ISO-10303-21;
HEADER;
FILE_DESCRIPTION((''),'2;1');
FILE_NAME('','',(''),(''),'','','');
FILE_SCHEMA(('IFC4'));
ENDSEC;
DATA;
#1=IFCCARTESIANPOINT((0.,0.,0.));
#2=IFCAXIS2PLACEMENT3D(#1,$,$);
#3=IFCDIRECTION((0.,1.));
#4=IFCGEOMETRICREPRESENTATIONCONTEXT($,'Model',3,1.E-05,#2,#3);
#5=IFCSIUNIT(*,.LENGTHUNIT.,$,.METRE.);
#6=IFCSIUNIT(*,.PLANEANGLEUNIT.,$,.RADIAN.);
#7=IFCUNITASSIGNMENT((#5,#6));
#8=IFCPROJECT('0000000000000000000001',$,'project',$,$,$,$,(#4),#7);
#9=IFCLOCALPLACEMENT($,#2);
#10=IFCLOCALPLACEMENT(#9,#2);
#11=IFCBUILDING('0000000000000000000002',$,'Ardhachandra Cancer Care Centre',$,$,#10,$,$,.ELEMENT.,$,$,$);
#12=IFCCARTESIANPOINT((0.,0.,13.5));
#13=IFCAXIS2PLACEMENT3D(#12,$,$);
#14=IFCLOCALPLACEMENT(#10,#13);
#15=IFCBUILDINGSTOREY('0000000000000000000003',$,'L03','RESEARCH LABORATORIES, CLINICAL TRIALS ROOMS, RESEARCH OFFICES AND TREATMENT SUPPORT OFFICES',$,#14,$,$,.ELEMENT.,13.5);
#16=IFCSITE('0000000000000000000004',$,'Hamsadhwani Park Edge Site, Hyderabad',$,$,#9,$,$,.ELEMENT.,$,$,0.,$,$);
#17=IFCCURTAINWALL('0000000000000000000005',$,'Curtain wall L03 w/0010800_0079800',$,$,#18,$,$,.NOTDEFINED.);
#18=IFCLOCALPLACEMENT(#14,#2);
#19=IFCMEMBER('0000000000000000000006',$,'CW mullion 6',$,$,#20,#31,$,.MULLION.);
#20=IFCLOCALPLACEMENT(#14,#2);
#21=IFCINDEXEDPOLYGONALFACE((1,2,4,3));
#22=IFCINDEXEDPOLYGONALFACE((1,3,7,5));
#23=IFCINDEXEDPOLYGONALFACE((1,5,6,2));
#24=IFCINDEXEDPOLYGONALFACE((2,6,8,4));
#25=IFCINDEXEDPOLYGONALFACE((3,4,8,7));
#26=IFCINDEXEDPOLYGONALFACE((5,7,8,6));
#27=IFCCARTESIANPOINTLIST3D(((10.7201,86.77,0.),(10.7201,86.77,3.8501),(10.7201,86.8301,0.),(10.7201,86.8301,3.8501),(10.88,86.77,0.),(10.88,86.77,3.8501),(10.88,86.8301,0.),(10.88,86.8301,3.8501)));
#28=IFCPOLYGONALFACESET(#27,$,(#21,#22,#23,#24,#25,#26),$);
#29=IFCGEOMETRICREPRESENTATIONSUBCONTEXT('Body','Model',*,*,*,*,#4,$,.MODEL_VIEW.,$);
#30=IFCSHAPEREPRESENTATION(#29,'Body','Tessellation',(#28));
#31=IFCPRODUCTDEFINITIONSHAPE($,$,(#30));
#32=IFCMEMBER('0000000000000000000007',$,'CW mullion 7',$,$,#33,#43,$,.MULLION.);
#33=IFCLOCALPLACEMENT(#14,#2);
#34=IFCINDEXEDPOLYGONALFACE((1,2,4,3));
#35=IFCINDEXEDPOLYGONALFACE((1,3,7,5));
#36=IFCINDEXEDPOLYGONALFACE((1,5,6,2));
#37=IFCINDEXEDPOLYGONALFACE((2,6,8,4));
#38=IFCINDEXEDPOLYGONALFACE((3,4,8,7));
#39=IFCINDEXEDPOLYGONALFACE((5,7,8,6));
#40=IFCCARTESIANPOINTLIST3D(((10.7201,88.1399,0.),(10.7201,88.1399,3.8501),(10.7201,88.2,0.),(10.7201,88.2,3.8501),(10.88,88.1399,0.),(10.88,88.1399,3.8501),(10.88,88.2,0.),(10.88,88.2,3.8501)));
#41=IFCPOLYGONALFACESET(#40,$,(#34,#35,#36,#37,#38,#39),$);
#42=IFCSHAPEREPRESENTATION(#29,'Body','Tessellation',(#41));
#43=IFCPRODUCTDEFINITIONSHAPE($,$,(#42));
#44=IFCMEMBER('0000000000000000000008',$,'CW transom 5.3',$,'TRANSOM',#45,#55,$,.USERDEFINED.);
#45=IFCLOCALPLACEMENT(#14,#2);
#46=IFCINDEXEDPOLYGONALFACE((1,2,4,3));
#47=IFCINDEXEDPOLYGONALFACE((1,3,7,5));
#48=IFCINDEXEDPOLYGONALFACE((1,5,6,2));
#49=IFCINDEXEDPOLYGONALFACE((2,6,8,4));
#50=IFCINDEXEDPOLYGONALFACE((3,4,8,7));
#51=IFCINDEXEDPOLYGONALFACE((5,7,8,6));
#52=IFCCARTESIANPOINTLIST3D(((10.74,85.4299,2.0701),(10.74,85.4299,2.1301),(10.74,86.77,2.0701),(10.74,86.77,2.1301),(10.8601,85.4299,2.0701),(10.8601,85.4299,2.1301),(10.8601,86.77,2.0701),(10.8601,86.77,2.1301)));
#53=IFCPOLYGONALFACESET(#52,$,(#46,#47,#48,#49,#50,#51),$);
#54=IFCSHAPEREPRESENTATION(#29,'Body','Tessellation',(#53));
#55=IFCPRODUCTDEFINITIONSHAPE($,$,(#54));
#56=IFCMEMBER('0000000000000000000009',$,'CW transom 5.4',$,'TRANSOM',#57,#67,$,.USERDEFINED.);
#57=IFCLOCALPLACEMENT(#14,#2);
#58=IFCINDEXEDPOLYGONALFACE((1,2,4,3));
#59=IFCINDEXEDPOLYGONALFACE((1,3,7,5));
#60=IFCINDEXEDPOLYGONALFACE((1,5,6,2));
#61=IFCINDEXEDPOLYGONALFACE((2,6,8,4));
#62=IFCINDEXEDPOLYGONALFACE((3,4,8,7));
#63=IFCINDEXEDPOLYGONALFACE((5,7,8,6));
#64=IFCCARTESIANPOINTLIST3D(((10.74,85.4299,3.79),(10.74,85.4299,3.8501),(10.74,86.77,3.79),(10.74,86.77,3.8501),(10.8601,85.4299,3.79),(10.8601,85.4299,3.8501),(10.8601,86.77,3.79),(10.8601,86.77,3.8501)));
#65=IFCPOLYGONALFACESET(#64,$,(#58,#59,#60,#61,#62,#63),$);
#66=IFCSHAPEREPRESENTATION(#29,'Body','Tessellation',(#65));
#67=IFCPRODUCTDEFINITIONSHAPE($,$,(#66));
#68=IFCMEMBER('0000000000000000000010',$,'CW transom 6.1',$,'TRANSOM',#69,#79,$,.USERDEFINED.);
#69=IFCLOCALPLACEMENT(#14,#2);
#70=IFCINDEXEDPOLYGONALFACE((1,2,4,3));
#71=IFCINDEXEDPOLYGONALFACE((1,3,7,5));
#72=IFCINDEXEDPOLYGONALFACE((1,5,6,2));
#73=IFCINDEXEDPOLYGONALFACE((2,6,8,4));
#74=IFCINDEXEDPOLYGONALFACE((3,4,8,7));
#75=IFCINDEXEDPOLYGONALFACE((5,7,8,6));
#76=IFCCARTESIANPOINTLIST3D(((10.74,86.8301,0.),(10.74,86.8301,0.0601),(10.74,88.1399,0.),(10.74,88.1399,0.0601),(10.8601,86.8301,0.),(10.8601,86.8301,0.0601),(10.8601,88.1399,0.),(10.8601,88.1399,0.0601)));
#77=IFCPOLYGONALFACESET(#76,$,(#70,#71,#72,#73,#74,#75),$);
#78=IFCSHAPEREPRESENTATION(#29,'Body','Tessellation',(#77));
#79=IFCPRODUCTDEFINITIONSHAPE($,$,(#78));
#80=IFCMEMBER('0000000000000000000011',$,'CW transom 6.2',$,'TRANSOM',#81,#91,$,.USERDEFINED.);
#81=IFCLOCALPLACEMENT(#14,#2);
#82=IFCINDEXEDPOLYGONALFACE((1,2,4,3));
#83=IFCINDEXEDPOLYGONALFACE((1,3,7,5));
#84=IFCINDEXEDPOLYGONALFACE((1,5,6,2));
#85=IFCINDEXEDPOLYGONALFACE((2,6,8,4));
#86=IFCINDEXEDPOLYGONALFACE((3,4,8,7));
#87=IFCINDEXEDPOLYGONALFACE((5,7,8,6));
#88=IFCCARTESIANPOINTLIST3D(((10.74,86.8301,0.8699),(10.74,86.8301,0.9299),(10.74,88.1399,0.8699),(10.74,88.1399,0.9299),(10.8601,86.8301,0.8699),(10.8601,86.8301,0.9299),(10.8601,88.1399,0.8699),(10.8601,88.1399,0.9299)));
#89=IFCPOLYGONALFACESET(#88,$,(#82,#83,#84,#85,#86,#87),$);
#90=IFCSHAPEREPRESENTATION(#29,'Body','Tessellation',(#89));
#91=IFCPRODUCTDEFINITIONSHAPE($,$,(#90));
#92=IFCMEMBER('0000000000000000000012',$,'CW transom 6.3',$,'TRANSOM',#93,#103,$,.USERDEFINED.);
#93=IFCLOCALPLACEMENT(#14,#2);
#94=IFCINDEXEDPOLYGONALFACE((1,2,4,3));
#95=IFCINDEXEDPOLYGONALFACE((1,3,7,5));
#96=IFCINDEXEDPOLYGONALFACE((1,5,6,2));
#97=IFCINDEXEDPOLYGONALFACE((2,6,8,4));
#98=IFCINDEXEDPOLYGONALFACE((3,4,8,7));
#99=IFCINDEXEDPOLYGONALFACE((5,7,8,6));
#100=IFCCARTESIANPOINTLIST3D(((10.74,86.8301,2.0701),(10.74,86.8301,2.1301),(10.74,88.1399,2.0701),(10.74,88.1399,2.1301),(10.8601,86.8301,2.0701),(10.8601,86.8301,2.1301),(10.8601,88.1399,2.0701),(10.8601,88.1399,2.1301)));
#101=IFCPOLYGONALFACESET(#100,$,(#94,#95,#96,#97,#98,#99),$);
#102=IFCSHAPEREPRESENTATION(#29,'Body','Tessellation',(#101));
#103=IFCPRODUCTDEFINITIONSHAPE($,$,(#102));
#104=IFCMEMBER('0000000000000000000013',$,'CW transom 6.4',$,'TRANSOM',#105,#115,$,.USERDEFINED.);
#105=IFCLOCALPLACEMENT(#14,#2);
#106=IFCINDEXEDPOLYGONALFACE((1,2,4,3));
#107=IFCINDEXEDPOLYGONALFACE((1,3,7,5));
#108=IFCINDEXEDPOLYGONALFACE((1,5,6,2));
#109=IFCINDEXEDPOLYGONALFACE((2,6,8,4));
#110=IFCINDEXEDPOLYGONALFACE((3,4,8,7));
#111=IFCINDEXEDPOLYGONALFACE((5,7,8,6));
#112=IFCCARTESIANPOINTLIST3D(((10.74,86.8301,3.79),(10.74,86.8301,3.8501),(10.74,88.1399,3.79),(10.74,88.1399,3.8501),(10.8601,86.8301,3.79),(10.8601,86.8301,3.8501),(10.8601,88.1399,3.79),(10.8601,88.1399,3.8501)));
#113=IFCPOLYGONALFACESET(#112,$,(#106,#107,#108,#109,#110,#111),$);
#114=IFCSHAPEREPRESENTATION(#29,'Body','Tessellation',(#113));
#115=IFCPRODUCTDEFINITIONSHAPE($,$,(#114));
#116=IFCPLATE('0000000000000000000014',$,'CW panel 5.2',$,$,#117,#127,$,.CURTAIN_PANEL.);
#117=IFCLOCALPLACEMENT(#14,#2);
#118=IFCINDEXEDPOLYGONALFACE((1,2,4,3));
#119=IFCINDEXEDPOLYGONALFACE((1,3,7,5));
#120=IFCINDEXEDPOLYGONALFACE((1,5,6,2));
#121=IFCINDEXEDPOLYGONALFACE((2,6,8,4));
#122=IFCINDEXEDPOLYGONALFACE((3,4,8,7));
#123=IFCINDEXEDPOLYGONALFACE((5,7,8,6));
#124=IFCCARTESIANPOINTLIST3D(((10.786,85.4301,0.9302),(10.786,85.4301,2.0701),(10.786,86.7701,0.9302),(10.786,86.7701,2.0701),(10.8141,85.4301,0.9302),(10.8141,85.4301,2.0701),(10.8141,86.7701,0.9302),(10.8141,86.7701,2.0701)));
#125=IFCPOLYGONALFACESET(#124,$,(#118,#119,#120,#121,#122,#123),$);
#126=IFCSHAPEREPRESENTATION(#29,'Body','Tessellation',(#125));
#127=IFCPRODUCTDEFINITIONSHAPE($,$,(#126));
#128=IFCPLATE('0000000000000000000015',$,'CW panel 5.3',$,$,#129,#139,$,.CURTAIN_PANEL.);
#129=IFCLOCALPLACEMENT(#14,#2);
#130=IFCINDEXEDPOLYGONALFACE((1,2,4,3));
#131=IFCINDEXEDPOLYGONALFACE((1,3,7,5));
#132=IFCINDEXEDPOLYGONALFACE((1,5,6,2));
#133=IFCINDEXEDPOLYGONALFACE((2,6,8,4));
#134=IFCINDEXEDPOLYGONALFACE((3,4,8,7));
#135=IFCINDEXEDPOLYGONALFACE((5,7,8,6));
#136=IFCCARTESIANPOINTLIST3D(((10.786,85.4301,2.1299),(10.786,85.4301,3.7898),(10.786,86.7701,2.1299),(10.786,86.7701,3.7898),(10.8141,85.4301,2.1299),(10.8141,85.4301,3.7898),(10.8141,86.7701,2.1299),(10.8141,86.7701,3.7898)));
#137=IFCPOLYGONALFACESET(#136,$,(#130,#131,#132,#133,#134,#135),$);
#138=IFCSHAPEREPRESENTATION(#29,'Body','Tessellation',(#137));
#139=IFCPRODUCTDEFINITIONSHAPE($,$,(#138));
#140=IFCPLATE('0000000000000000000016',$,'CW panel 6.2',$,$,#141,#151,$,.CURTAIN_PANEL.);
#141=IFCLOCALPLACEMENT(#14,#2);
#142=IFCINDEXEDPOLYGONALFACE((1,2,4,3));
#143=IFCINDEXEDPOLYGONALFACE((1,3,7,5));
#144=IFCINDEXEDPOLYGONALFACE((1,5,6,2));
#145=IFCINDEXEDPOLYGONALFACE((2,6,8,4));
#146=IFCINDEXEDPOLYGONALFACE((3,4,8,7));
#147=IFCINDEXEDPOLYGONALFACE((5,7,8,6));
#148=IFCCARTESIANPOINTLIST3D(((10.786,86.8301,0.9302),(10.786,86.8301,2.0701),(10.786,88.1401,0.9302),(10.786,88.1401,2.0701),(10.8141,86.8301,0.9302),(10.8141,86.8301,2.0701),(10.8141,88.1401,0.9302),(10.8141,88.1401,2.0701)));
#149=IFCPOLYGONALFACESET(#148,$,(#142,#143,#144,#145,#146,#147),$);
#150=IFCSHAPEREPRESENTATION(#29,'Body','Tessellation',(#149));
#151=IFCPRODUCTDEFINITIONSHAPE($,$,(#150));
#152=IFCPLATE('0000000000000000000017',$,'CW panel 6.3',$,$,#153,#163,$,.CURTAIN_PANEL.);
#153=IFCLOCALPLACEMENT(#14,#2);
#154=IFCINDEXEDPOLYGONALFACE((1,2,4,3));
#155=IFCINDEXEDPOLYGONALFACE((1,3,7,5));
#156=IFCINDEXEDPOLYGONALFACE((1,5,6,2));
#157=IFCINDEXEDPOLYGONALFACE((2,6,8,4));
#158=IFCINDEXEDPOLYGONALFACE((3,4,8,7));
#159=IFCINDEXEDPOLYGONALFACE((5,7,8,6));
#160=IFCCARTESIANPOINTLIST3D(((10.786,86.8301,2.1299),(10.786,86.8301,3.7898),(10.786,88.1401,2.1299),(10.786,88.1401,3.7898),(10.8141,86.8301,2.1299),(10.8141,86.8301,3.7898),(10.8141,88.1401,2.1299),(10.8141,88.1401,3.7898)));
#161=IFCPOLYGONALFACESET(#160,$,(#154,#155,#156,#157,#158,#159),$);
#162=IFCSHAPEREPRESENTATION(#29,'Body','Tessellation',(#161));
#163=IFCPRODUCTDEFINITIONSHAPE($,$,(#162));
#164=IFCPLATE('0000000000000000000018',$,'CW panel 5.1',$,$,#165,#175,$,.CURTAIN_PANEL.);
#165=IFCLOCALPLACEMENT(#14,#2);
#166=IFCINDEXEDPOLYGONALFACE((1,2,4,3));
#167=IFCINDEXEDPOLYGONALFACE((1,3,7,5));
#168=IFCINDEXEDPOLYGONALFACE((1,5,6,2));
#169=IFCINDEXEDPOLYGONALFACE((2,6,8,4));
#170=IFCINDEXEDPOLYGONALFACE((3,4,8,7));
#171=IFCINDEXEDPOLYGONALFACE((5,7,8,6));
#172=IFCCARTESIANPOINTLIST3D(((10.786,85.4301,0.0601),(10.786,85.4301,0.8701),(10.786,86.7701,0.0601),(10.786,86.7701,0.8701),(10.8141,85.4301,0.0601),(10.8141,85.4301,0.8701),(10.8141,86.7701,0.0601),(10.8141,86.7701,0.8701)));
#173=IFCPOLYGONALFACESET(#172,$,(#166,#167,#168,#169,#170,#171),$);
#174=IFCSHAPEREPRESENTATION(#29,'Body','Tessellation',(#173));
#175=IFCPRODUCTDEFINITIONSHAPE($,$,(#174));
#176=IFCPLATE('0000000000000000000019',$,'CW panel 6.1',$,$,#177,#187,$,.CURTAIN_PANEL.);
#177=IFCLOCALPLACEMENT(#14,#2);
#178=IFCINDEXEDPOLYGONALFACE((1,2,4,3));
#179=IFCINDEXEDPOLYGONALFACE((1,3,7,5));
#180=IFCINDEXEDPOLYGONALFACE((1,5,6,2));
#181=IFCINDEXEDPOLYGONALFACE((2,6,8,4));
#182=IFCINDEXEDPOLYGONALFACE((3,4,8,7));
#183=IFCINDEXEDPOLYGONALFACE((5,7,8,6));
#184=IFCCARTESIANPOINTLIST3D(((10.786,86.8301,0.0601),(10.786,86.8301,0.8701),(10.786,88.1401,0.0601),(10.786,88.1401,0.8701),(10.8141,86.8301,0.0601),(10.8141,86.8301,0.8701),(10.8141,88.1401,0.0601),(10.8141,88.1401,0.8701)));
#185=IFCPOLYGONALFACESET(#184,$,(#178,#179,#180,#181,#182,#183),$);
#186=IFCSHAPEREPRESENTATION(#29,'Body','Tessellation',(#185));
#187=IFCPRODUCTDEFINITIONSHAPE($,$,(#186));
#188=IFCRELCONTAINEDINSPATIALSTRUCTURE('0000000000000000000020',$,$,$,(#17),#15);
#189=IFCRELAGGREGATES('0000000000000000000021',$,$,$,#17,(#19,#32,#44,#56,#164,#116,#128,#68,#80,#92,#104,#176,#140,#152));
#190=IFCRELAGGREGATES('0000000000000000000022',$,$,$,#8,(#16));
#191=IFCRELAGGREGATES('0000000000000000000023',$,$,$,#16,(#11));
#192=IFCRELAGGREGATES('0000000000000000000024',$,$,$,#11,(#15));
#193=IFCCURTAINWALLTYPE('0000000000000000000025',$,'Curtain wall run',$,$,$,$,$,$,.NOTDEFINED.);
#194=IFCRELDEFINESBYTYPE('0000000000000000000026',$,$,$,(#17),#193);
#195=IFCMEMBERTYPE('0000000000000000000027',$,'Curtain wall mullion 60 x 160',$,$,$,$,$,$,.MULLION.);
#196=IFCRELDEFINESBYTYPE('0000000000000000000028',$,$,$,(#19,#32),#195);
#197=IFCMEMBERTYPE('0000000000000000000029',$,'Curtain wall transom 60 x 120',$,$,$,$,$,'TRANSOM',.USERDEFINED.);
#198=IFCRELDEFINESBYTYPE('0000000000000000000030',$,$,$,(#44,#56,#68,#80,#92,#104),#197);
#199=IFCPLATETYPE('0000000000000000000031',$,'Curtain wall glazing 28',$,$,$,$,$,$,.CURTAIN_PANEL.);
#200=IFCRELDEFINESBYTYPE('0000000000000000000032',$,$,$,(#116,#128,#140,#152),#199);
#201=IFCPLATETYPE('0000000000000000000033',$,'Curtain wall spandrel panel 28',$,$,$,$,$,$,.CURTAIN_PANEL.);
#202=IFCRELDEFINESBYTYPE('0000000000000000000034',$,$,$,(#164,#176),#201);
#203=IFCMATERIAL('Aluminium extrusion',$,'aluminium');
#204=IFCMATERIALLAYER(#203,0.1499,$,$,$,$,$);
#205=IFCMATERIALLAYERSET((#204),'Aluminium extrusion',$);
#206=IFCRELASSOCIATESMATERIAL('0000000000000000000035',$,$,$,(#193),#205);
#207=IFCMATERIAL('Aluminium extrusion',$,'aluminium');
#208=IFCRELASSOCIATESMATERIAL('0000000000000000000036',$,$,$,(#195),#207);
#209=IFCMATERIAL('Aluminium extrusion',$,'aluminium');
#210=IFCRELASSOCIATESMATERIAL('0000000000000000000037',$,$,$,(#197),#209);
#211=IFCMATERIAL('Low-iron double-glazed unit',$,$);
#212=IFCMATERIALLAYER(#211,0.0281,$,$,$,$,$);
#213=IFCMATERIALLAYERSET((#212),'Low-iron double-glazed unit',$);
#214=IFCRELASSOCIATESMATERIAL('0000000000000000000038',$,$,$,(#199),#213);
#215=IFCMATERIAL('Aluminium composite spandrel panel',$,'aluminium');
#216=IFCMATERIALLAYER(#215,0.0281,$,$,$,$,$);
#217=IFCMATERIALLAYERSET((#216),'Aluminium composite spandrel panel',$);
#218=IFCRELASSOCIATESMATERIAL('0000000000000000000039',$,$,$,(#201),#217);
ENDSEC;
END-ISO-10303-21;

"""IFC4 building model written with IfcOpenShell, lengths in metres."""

from ifc_helpers import new_model, si_unit, direction, frame, origin, origin_2d, place, context, subcontext, project, spatial, rectangle, extrude, material, layer, layer_set, material_profile, profile_set, type_object, element, aggregate, save


model = new_model("IFC4")

# Units and contexts
model_context = context("Model", 3, precision=1e-05, world=origin(), true_north=direction((0.0, 1.0)))
body_context = subcontext(model_context, "Body", "Model", "MODEL_VIEW")
ifc_project = project(units=[si_unit("LENGTHUNIT", "METRE"), si_unit("PLANEANGLEUNIT", "RADIAN")], contexts=[model_context])

# Site, building, storey
site_placement = place(None, origin())
site = spatial("IfcSite", under=ifc_project, at=site_placement, Name="Hamsadhwani Park Edge Site, Hyderabad", CompositionType="ELEMENT", RefElevation=0.0)
building_placement = place(site_placement, origin())
building = spatial("IfcBuilding", under=site, at=building_placement, Name="Ardhachandra Cancer Care Centre", CompositionType="ELEMENT")
storey_placement = place(building_placement, frame((0.0, 0.0, 13.5)))
storey = spatial("IfcBuildingStorey", under=building, at=storey_placement, Name="L03", Description="RESEARCH LABORATORIES, CLINICAL TRIALS ROOMS, RESEARCH OFFICES AND TREATMENT SUPPORT OFFICES", CompositionType="ELEMENT", Elevation=13.5)

# Curtain wall, members, plates
ifc_material_1 = material(Name="Aluminium extrusion", Category="aluminium")
ifc_layer_1 = layer(ifc_material_1, 0.1499)
ifc_layer_set_1 = layer_set([ifc_layer_1], Name="Aluminium extrusion")
curtain_wall_type = type_object("IfcCurtainWallType", Name="Curtain wall run", PredefinedType="NOTDEFINED", material=ifc_layer_set_1)
curtain_wall_placement = place(storey_placement, origin())
curtain_wall = element("IfcCurtainWall", 1, at=curtain_wall_placement, inside=storey, type_object=curtain_wall_type, Name="Curtain wall L03 w/0010800_0079800", PredefinedType="NOTDEFINED")
ifc_material_2 = material(Name="Aluminium extrusion", Category="aluminium")
ifc_material_profile_1 = material_profile(ifc_material_2, rectangle(XDim=0.1599, YDim=0.0601, at=origin_2d()), Name="Curtain wall mullion 60 x 160")
ifc_profile_set_1 = profile_set([ifc_material_profile_1], Name="Aluminium extrusion")
member_type_1 = type_object("IfcMemberType", Name="Curtain wall mullion 60 x 160", PredefinedType="MULLION", material=ifc_profile_set_1)
member_1_placement = place(storey_placement, frame((10.8, 86.8, 0.0), z_axis=(0.0, 0.0, 1.0), x_axis=(-1.0, 0.0, 0.0)))
member_1 = element("IfcMember", 2, at=member_1_placement, type_object=member_type_1, Name="CW mullion 6", PredefinedType="MULLION", context=body_context, shape_type="SweptSolid", body=[
    extrude(rectangle(XDim=0.1599, YDim=0.0601, at=origin_2d()), origin(), (0.0, 0.0, 1.0), 3.8501),
])
member_2_placement = place(storey_placement, frame((10.8, 88.1699, 0.0), z_axis=(0.0, 0.0, 1.0), x_axis=(-1.0, 0.0, 0.0)))
member_2 = element("IfcMember", 3, at=member_2_placement, type_object=member_type_1, Name="CW mullion 7", PredefinedType="MULLION", context=body_context, shape_type="SweptSolid", body=[
    extrude(rectangle(XDim=0.1599, YDim=0.0601, at=origin_2d()), origin(), (0.0, 0.0, 1.0), 3.8501),
])
ifc_material_3 = material(Name="Aluminium extrusion", Category="aluminium")
ifc_material_profile_2 = material_profile(ifc_material_3, rectangle(XDim=0.1201, YDim=0.0601, at=origin_2d()), Name="Curtain wall transom 60 x 120")
ifc_profile_set_2 = profile_set([ifc_material_profile_2], Name="Aluminium extrusion")
member_type_2 = type_object("IfcMemberType", Name="Curtain wall transom 60 x 120", ElementType="TRANSOM", PredefinedType="USERDEFINED", material=ifc_profile_set_2)
member_3_placement = place(storey_placement, frame((10.8, 85.4299, 2.1001), z_axis=(0.0, 1.0, 0.0), x_axis=(-1.0, 0.0, 0.0)))
member_3 = element("IfcMember", 4, at=member_3_placement, type_object=member_type_2, Name="CW transom 5.3", ObjectType="TRANSOM", PredefinedType="USERDEFINED", context=body_context, shape_type="SweptSolid", body=[
    extrude(rectangle(XDim=0.1201, YDim=0.0601, at=origin_2d()), origin(), (0.0, 0.0, 1.0), 1.3401),
])
member_4_placement = place(storey_placement, frame((10.8, 85.4299, 3.8201), z_axis=(0.0, 1.0, 0.0), x_axis=(-1.0, 0.0, 0.0)))
member_4 = element("IfcMember", 5, at=member_4_placement, type_object=member_type_2, Name="CW transom 5.4", ObjectType="TRANSOM", PredefinedType="USERDEFINED", context=body_context, shape_type="SweptSolid", body=[
    extrude(rectangle(XDim=0.1201, YDim=0.0601, at=origin_2d()), origin(), (0.0, 0.0, 1.0), 1.3401),
])
member_5_placement = place(storey_placement, frame((10.8, 86.8301, 0.03), z_axis=(0.0, 1.0, 0.0), x_axis=(-1.0, 0.0, 0.0)))
member_5 = element("IfcMember", 6, at=member_5_placement, type_object=member_type_2, Name="CW transom 6.1", ObjectType="TRANSOM", PredefinedType="USERDEFINED", context=body_context, shape_type="SweptSolid", body=[
    extrude(rectangle(XDim=0.1201, YDim=0.0601, at=origin_2d()), origin(), (0.0, 0.0, 1.0), 1.3098),
])
member_6_placement = place(storey_placement, frame((10.8, 86.8301, 0.8999), z_axis=(0.0, 1.0, 0.0), x_axis=(-1.0, 0.0, 0.0)))
member_6 = element("IfcMember", 7, at=member_6_placement, type_object=member_type_2, Name="CW transom 6.2", ObjectType="TRANSOM", PredefinedType="USERDEFINED", context=body_context, shape_type="SweptSolid", body=[
    extrude(rectangle(XDim=0.1201, YDim=0.0601, at=origin_2d()), origin(), (0.0, 0.0, 1.0), 1.3098),
])
member_7_placement = place(storey_placement, frame((10.8, 86.8301, 2.1001), z_axis=(0.0, 1.0, 0.0), x_axis=(-1.0, 0.0, 0.0)))
member_7 = element("IfcMember", 8, at=member_7_placement, type_object=member_type_2, Name="CW transom 6.3", ObjectType="TRANSOM", PredefinedType="USERDEFINED", context=body_context, shape_type="SweptSolid", body=[
    extrude(rectangle(XDim=0.1201, YDim=0.0601, at=origin_2d()), origin(), (0.0, 0.0, 1.0), 1.3098),
])
member_8_placement = place(storey_placement, frame((10.8, 86.8301, 3.8201), z_axis=(0.0, 1.0, 0.0), x_axis=(-1.0, 0.0, 0.0)))
member_8 = element("IfcMember", 9, at=member_8_placement, type_object=member_type_2, Name="CW transom 6.4", ObjectType="TRANSOM", PredefinedType="USERDEFINED", context=body_context, shape_type="SweptSolid", body=[
    extrude(rectangle(XDim=0.1201, YDim=0.0601, at=origin_2d()), origin(), (0.0, 0.0, 1.0), 1.3098),
])
ifc_material_4 = material(Name="Low-iron double-glazed unit")
ifc_layer_2 = layer(ifc_material_4, 0.0281)
ifc_layer_set_2 = layer_set([ifc_layer_2], Name="Low-iron double-glazed unit")
plate_type_1 = type_object("IfcPlateType", Name="Curtain wall glazing 28", PredefinedType="CURTAIN_PANEL", material=ifc_layer_set_2)
plate_1_placement = place(storey_placement, frame((10.8, 86.1001, 0.9302), z_axis=(0.0, 0.0, 1.0), x_axis=(0.0, 1.0, 0.0)))
plate_1 = element("IfcPlate", 10, at=plate_1_placement, type_object=plate_type_1, Name="CW panel 5.2", PredefinedType="CURTAIN_PANEL", context=body_context, shape_type="SweptSolid", body=[
    extrude(rectangle(XDim=1.3401, YDim=0.0281, at=origin_2d()), origin(), (0.0, 0.0, 1.0), 1.1399),
])
plate_2_placement = place(storey_placement, frame((10.8, 86.1001, 2.1299), z_axis=(0.0, 0.0, 1.0), x_axis=(0.0, 1.0, 0.0)))
plate_2 = element("IfcPlate", 11, at=plate_2_placement, type_object=plate_type_1, Name="CW panel 5.3", PredefinedType="CURTAIN_PANEL", context=body_context, shape_type="SweptSolid", body=[
    extrude(rectangle(XDim=1.3401, YDim=0.0281, at=origin_2d()), origin(), (0.0, 0.0, 1.0), 1.6599),
])
plate_3_placement = place(storey_placement, frame((10.8, 87.4851, 0.9302), z_axis=(0.0, 0.0, 1.0), x_axis=(0.0, 1.0, 0.0)))
plate_3 = element("IfcPlate", 12, at=plate_3_placement, type_object=plate_type_1, Name="CW panel 6.2", PredefinedType="CURTAIN_PANEL", context=body_context, shape_type="SweptSolid", body=[
    extrude(rectangle(XDim=1.3101, YDim=0.0281, at=origin_2d()), origin(), (0.0, 0.0, 1.0), 1.1399),
])
plate_4_placement = place(storey_placement, frame((10.8, 87.4851, 2.1299), z_axis=(0.0, 0.0, 1.0), x_axis=(0.0, 1.0, 0.0)))
plate_4 = element("IfcPlate", 13, at=plate_4_placement, type_object=plate_type_1, Name="CW panel 6.3", PredefinedType="CURTAIN_PANEL", context=body_context, shape_type="SweptSolid", body=[
    extrude(rectangle(XDim=1.3101, YDim=0.0281, at=origin_2d()), origin(), (0.0, 0.0, 1.0), 1.6599),
])
ifc_material_5 = material(Name="Aluminium composite spandrel panel", Category="aluminium")
ifc_layer_3 = layer(ifc_material_5, 0.0281)
ifc_layer_set_3 = layer_set([ifc_layer_3], Name="Aluminium composite spandrel panel")
plate_type_2 = type_object("IfcPlateType", Name="Curtain wall spandrel panel 28", PredefinedType="CURTAIN_PANEL", material=ifc_layer_set_3)
plate_5_placement = place(storey_placement, frame((10.8, 86.1001, 0.0601), z_axis=(0.0, 0.0, 1.0), x_axis=(0.0, 1.0, 0.0)))
plate_5 = element("IfcPlate", 14, at=plate_5_placement, type_object=plate_type_2, Name="CW panel 5.1", PredefinedType="CURTAIN_PANEL", context=body_context, shape_type="SweptSolid", body=[
    extrude(rectangle(XDim=1.3401, YDim=0.0281, at=origin_2d()), origin(), (0.0, 0.0, 1.0), 0.8101),
])
plate_6_placement = place(storey_placement, frame((10.8, 87.4851, 0.0601), z_axis=(0.0, 0.0, 1.0), x_axis=(0.0, 1.0, 0.0)))
plate_6 = element("IfcPlate", 15, at=plate_6_placement, type_object=plate_type_2, Name="CW panel 6.1", PredefinedType="CURTAIN_PANEL", context=body_context, shape_type="SweptSolid", body=[
    extrude(rectangle(XDim=1.3101, YDim=0.0281, at=origin_2d()), origin(), (0.0, 0.0, 1.0), 0.8101),
])
aggregate(curtain_wall, [member_1, member_2, member_3, member_4, plate_5, plate_1, plate_2, member_5, member_6, member_7, member_8, plate_6, plate_3, plate_4])

save(model, "model.ifc")
